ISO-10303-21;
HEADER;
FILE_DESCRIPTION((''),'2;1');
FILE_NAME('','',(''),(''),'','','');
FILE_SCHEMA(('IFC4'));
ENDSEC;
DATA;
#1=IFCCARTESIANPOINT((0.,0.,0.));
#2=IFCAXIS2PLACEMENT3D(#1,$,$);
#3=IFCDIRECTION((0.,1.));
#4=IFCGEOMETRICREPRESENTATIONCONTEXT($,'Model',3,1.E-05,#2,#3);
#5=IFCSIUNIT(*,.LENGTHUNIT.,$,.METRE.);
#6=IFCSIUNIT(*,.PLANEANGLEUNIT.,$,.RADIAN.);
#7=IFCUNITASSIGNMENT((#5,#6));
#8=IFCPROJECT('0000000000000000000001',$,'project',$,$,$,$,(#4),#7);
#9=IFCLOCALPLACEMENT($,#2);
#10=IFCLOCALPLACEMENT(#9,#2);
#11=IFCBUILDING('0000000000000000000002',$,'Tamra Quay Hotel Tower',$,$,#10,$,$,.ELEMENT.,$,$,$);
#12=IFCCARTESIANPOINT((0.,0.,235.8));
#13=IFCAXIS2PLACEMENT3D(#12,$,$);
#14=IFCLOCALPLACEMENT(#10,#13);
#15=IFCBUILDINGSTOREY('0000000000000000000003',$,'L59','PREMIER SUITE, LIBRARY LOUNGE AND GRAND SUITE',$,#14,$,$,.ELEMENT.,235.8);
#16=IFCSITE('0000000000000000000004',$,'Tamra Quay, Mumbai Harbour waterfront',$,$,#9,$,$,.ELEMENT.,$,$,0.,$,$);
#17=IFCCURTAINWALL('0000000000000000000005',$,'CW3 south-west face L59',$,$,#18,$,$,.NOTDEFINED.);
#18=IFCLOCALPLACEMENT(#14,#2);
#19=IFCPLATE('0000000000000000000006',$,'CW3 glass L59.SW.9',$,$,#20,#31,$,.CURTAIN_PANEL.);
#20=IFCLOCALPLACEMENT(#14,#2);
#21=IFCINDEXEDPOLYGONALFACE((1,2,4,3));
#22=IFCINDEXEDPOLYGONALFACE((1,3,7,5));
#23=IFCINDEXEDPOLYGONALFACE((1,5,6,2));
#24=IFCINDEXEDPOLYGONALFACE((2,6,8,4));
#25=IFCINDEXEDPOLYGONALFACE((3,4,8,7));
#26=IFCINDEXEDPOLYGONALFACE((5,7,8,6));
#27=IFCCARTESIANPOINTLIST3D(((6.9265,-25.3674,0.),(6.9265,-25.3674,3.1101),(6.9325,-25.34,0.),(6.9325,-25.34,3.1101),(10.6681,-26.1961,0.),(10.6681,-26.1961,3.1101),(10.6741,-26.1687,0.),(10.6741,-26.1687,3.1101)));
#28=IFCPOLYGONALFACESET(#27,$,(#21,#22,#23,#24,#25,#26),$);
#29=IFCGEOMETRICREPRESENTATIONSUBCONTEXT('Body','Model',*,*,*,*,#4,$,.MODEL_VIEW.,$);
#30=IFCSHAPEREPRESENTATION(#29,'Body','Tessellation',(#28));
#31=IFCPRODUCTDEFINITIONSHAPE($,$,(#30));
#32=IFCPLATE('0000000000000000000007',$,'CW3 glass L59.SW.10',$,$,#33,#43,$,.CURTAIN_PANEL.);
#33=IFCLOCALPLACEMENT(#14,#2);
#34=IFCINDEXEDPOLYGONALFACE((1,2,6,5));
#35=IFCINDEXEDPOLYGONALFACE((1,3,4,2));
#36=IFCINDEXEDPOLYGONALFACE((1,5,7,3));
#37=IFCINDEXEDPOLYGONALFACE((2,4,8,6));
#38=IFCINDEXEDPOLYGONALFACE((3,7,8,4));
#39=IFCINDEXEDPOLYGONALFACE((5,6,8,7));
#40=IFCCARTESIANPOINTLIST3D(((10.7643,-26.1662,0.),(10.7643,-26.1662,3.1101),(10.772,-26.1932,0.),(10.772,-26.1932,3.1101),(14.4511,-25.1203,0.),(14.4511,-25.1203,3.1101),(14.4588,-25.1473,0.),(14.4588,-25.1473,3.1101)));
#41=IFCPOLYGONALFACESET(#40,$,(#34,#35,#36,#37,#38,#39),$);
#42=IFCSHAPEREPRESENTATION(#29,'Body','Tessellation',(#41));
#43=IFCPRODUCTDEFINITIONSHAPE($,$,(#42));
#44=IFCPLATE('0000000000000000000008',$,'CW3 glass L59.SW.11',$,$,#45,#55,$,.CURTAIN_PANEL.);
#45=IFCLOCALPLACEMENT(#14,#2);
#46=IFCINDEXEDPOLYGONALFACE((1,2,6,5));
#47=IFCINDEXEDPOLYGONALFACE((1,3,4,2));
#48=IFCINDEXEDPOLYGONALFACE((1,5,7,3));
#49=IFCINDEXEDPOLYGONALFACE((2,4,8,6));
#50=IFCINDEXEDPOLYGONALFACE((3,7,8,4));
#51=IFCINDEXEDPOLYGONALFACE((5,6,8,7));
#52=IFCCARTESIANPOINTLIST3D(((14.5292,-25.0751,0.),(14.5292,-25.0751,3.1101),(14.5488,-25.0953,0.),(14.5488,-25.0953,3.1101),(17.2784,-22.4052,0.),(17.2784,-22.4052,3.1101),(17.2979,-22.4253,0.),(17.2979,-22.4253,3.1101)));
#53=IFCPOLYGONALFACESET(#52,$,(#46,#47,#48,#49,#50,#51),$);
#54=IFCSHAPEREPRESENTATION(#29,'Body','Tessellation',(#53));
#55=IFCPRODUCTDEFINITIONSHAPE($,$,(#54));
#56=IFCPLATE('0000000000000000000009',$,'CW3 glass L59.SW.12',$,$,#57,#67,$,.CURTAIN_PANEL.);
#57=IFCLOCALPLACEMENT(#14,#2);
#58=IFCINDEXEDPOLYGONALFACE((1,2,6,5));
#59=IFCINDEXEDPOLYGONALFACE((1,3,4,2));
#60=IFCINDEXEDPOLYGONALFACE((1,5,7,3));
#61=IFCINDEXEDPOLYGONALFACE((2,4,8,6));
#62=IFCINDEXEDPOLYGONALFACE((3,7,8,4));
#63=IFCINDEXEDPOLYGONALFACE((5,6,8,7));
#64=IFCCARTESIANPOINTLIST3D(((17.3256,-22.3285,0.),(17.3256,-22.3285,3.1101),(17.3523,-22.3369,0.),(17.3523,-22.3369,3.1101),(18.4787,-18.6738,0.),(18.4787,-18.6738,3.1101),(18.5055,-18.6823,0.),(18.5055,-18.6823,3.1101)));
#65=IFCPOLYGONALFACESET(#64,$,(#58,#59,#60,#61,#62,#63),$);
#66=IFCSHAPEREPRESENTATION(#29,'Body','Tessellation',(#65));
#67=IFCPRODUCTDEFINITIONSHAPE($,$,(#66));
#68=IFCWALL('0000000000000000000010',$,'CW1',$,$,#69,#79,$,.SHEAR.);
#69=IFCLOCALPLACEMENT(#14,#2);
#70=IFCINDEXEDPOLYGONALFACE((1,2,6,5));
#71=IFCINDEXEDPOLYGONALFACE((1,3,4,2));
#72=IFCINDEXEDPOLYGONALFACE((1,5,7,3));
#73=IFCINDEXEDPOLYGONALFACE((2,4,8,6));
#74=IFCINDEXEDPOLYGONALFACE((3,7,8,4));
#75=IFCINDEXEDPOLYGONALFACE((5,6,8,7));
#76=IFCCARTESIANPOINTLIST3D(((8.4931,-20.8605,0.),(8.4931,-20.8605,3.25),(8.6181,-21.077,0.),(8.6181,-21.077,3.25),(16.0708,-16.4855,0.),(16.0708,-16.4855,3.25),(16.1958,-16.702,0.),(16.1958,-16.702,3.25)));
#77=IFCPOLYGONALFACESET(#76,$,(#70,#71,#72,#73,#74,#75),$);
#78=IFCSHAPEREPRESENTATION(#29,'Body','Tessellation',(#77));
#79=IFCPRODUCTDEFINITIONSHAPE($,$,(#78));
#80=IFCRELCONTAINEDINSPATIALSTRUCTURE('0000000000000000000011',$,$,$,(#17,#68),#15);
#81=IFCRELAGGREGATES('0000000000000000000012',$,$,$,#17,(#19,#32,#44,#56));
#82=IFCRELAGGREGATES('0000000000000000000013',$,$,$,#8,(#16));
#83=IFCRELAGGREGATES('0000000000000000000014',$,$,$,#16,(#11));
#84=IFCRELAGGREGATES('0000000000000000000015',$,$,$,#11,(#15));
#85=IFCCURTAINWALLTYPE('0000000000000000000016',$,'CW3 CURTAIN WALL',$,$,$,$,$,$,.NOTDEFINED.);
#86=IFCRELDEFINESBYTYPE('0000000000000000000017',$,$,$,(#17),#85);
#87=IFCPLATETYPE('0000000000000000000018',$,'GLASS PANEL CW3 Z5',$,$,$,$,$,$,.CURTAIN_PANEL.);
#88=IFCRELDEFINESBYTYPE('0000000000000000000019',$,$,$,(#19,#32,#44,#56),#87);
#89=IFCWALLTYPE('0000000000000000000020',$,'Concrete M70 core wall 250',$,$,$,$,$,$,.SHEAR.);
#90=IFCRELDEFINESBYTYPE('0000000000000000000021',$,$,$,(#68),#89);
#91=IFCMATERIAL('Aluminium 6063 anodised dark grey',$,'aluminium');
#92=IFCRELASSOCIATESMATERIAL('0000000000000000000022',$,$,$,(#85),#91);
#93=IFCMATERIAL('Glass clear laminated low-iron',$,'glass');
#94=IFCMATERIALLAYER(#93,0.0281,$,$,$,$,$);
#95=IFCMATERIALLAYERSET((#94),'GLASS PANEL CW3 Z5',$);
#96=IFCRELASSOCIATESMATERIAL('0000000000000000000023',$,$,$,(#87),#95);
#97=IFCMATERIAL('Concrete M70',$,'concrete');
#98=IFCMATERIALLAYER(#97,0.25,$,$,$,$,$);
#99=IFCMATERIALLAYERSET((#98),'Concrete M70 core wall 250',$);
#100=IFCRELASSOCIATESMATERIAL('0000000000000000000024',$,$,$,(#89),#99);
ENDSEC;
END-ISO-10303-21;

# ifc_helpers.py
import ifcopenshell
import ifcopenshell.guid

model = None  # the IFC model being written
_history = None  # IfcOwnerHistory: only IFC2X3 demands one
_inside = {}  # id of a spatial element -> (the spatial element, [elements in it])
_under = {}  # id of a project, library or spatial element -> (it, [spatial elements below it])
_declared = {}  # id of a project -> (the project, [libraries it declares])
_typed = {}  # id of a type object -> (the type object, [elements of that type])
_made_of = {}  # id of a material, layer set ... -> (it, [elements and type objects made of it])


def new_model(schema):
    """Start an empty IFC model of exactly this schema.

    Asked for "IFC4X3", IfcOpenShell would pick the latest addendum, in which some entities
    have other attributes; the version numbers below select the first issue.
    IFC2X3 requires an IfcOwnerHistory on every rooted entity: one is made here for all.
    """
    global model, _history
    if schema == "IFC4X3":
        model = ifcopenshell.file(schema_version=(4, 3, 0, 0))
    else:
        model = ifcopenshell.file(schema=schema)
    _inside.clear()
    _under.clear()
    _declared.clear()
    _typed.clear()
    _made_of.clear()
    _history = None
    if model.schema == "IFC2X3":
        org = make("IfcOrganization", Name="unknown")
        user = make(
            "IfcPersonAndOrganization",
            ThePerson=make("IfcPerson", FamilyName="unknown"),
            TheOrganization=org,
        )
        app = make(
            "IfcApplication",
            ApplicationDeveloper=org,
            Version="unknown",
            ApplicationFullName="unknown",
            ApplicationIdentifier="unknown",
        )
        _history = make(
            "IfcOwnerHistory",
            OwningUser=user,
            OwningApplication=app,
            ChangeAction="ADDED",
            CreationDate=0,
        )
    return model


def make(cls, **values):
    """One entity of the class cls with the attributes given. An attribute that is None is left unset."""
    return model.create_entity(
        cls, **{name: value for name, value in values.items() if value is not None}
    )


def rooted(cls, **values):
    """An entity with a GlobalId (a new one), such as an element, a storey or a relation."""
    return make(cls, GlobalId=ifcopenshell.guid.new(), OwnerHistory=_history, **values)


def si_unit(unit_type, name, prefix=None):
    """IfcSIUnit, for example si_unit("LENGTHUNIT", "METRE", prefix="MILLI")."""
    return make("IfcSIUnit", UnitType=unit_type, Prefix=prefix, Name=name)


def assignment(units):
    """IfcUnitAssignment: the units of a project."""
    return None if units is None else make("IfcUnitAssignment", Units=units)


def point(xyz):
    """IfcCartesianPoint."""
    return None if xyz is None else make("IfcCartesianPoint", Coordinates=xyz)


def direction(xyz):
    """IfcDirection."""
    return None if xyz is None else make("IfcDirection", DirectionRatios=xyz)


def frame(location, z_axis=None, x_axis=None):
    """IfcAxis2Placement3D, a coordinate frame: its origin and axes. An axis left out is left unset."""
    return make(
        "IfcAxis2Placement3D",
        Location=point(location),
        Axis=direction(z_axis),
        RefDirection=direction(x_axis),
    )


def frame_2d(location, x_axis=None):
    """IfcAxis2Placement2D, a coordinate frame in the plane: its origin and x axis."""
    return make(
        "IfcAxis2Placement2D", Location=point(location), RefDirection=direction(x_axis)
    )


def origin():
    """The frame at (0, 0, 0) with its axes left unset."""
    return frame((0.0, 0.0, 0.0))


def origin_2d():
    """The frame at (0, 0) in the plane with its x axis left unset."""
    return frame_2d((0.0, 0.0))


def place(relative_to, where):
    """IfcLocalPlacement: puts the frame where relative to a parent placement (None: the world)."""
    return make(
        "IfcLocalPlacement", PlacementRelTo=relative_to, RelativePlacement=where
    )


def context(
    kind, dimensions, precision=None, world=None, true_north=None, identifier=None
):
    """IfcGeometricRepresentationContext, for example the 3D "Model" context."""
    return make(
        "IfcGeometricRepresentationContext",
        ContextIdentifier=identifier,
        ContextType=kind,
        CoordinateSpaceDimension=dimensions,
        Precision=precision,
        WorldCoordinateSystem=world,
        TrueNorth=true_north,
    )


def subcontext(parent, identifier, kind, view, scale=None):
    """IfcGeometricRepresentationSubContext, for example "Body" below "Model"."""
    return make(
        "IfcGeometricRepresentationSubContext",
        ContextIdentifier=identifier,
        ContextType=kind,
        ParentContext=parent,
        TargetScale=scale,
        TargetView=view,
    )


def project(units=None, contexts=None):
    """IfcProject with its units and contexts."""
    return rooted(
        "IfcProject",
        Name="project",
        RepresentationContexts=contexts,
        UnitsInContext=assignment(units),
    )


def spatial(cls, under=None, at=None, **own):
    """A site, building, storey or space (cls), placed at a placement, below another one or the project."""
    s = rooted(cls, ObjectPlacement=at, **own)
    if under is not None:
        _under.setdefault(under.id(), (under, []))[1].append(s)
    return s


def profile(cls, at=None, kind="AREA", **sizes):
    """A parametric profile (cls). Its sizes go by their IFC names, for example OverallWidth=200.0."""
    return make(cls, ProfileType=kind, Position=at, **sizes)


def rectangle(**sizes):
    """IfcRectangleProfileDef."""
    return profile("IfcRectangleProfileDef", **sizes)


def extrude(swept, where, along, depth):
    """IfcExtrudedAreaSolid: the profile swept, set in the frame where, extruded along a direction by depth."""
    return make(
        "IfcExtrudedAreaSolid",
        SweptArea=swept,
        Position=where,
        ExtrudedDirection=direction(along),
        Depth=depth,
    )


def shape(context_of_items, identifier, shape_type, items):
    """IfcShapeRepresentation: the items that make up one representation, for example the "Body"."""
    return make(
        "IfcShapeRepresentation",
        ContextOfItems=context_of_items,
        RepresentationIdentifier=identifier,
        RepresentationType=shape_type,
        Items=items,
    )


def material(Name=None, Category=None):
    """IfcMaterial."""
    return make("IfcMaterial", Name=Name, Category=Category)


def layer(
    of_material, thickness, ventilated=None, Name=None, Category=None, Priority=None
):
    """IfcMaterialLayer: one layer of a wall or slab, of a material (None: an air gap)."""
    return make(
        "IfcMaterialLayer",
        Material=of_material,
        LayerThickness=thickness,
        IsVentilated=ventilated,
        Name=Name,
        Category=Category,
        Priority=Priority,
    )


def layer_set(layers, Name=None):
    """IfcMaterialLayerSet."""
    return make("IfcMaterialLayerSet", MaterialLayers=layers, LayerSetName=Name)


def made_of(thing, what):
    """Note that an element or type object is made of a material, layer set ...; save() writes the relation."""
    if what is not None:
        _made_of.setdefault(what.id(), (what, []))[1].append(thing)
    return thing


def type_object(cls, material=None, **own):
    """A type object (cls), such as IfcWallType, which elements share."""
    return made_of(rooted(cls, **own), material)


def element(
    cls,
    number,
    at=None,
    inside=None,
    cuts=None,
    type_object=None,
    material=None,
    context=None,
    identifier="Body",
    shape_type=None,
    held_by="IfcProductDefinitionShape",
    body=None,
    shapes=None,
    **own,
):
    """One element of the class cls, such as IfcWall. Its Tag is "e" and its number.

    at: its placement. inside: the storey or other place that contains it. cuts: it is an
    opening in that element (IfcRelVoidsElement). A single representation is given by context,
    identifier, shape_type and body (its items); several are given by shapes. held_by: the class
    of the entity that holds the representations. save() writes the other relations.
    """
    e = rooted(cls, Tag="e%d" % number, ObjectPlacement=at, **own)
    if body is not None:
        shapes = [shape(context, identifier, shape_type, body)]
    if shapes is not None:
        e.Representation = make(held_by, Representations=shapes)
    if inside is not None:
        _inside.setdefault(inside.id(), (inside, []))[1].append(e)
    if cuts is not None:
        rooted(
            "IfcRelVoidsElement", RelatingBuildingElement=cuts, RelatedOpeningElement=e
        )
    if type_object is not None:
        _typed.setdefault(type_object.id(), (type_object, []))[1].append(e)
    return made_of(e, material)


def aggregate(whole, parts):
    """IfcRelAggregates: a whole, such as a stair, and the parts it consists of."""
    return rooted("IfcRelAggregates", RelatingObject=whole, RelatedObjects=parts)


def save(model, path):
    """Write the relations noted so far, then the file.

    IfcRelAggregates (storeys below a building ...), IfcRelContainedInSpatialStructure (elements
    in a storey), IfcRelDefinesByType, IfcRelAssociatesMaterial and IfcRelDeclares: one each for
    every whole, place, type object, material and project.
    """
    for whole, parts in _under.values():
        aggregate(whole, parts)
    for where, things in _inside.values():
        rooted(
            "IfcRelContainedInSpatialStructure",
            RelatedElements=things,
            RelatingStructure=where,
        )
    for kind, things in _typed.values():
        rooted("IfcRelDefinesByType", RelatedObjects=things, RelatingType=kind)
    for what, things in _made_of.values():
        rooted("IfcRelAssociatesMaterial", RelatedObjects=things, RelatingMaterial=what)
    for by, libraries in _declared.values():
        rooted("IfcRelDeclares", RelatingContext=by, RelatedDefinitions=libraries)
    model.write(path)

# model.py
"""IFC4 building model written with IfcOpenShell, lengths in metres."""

from ifc_helpers import new_model, si_unit, direction, frame, frame_2d, origin, origin_2d, place, context, subcontext, project, spatial, rectangle, extrude, material, layer, layer_set, type_object, element, aggregate, save


model = new_model("IFC4")

# Units and contexts
model_context = context("Model", 3, precision=1e-05, world=origin(), true_north=direction((0.0, 1.0)))
body_context = subcontext(model_context, "Body", "Model", "MODEL_VIEW")
ifc_project = project(units=[si_unit("LENGTHUNIT", "METRE"), si_unit("PLANEANGLEUNIT", "RADIAN")], contexts=[model_context])

# Site, building, storey
site_placement = place(None, origin())
site = spatial("IfcSite", under=ifc_project, at=site_placement, Name="Tamra Quay, Mumbai Harbour waterfront", CompositionType="ELEMENT", RefElevation=0.0)
building_placement = place(site_placement, origin())
building = spatial("IfcBuilding", under=site, at=building_placement, Name="Tamra Quay Hotel Tower", CompositionType="ELEMENT")
storey_placement = place(building_placement, frame((0.0, 0.0, 235.8)))
storey = spatial("IfcBuildingStorey", under=building, at=storey_placement, Name="L59", Description="PREMIER SUITE, LIBRARY LOUNGE AND GRAND SUITE", CompositionType="ELEMENT", Elevation=235.8)

# Shared definitions
ifc_material_1 = material(Name="Concrete M70", Category="concrete")

# Shared definitions
ifc_material_2 = material(Name="Aluminium 6063 anodised dark grey", Category="aluminium")

# Curtain wall
curtain_wall_type_1 = type_object("IfcCurtainWallType", Name="CW3 CURTAIN WALL", PredefinedType="NOTDEFINED", material=ifc_material_2)
curtain_wall_1_placement = place(storey_placement, origin())
curtain_wall_1 = element("IfcCurtainWall", 1, at=curtain_wall_1_placement, inside=storey, type_object=curtain_wall_type_1, Name="CW3 south-west face L59", PredefinedType="NOTDEFINED")

# Plates
ifc_material_3 = material(Name="Glass clear laminated low-iron", Category="glass")
ifc_layer_1 = layer(ifc_material_3, 0.0281)
ifc_layer_set_1 = layer_set([ifc_layer_1], Name="GLASS PANEL CW3 Z5")
plate_type_1 = type_object("IfcPlateType", Name="GLASS PANEL CW3 Z5", PredefinedType="CURTAIN_PANEL", material=ifc_layer_set_1)
plate_1_placement = place(storey_placement, frame((8.8003, -25.7681, 0.0), z_axis=(0.0, 0.0, 1.0), x_axis=(0.976341, -0.216238, 0.0)))
plate_1 = element("IfcPlate", 2, at=plate_1_placement, type_object=plate_type_1, Name="CW3 glass L59.SW.9", PredefinedType="CURTAIN_PANEL", context=body_context, shape_type="SweptSolid", body=[
    extrude(rectangle(XDim=3.8323, YDim=0.0281, at=origin_2d()), origin(), (0.0, 0.0, 1.0), 3.1101),
])
plate_2_placement = place(storey_placement, frame((12.6116, -25.6567, 0.0), z_axis=(0.0, 0.0, 1.0), x_axis=(0.962041, 0.272906, 0.0)))
plate_2 = element("IfcPlate", 3, at=plate_2_placement, type_object=plate_type_1, Name="CW3 glass L59.SW.10", PredefinedType="CURTAIN_PANEL", context=body_context, shape_type="SweptSolid", body=[
    extrude(rectangle(XDim=3.8323, YDim=0.0281, at=origin_2d()), origin(), (0.0, 0.0, 1.0), 3.1101),
])
plate_3_placement = place(storey_placement, frame((15.9136, -23.7502, 0.0), z_axis=(0.0, 0.0, 1.0), x_axis=(0.717364, 0.696698, 0.0)))
plate_3 = element("IfcPlate", 4, at=plate_3_placement, type_object=plate_type_1, Name="CW3 glass L59.SW.11", PredefinedType="CURTAIN_PANEL", context=body_context, shape_type="SweptSolid", body=[
    extrude(rectangle(XDim=3.8323, YDim=0.0281, at=origin_2d()), origin(), (0.0, 0.0, 1.0), 3.1101),
])
plate_4_placement = place(storey_placement, frame((17.9155, -20.5054, 0.0), z_axis=(0.0, 0.0, 1.0), x_axis=(0.300903, 0.953655, 0.0)))
plate_4 = element("IfcPlate", 5, at=plate_4_placement, type_object=plate_type_1, Name="CW3 glass L59.SW.12", PredefinedType="CURTAIN_PANEL", context=body_context, shape_type="SweptSolid", body=[
    extrude(rectangle(XDim=3.8323, YDim=0.0281, at=origin_2d()), origin(), (0.0, 0.0, 1.0), 3.1101),
])
aggregate(curtain_wall_1, [plate_1, plate_2, plate_3, plate_4])

# Wall
ifc_layer_2 = layer(ifc_material_1, 0.25)
ifc_layer_set_2 = layer_set([ifc_layer_2], Name="Concrete M70 core wall 250")
wall_type = type_object("IfcWallType", Name="Concrete M70 core wall 250", PredefinedType="SHEAR", material=ifc_layer_set_2)
wall_placement = place(storey_placement, frame((16.1333, -16.5938, 0.0), z_axis=(0.0, 0.0, 1.0), x_axis=(-0.866023, -0.500004, 0.0)))
element("IfcWall", 6, at=wall_placement, inside=storey, type_object=wall_type, Name="CW1", PredefinedType="SHEAR", context=body_context, shape_type="SweptSolid", body=[
    extrude(rectangle(XDim=8.75, YDim=0.25, at=frame_2d((4.375, 0.0))), origin(), (0.0, 0.0, 1.0), 3.25),
])

save(model, "model.ifc")
